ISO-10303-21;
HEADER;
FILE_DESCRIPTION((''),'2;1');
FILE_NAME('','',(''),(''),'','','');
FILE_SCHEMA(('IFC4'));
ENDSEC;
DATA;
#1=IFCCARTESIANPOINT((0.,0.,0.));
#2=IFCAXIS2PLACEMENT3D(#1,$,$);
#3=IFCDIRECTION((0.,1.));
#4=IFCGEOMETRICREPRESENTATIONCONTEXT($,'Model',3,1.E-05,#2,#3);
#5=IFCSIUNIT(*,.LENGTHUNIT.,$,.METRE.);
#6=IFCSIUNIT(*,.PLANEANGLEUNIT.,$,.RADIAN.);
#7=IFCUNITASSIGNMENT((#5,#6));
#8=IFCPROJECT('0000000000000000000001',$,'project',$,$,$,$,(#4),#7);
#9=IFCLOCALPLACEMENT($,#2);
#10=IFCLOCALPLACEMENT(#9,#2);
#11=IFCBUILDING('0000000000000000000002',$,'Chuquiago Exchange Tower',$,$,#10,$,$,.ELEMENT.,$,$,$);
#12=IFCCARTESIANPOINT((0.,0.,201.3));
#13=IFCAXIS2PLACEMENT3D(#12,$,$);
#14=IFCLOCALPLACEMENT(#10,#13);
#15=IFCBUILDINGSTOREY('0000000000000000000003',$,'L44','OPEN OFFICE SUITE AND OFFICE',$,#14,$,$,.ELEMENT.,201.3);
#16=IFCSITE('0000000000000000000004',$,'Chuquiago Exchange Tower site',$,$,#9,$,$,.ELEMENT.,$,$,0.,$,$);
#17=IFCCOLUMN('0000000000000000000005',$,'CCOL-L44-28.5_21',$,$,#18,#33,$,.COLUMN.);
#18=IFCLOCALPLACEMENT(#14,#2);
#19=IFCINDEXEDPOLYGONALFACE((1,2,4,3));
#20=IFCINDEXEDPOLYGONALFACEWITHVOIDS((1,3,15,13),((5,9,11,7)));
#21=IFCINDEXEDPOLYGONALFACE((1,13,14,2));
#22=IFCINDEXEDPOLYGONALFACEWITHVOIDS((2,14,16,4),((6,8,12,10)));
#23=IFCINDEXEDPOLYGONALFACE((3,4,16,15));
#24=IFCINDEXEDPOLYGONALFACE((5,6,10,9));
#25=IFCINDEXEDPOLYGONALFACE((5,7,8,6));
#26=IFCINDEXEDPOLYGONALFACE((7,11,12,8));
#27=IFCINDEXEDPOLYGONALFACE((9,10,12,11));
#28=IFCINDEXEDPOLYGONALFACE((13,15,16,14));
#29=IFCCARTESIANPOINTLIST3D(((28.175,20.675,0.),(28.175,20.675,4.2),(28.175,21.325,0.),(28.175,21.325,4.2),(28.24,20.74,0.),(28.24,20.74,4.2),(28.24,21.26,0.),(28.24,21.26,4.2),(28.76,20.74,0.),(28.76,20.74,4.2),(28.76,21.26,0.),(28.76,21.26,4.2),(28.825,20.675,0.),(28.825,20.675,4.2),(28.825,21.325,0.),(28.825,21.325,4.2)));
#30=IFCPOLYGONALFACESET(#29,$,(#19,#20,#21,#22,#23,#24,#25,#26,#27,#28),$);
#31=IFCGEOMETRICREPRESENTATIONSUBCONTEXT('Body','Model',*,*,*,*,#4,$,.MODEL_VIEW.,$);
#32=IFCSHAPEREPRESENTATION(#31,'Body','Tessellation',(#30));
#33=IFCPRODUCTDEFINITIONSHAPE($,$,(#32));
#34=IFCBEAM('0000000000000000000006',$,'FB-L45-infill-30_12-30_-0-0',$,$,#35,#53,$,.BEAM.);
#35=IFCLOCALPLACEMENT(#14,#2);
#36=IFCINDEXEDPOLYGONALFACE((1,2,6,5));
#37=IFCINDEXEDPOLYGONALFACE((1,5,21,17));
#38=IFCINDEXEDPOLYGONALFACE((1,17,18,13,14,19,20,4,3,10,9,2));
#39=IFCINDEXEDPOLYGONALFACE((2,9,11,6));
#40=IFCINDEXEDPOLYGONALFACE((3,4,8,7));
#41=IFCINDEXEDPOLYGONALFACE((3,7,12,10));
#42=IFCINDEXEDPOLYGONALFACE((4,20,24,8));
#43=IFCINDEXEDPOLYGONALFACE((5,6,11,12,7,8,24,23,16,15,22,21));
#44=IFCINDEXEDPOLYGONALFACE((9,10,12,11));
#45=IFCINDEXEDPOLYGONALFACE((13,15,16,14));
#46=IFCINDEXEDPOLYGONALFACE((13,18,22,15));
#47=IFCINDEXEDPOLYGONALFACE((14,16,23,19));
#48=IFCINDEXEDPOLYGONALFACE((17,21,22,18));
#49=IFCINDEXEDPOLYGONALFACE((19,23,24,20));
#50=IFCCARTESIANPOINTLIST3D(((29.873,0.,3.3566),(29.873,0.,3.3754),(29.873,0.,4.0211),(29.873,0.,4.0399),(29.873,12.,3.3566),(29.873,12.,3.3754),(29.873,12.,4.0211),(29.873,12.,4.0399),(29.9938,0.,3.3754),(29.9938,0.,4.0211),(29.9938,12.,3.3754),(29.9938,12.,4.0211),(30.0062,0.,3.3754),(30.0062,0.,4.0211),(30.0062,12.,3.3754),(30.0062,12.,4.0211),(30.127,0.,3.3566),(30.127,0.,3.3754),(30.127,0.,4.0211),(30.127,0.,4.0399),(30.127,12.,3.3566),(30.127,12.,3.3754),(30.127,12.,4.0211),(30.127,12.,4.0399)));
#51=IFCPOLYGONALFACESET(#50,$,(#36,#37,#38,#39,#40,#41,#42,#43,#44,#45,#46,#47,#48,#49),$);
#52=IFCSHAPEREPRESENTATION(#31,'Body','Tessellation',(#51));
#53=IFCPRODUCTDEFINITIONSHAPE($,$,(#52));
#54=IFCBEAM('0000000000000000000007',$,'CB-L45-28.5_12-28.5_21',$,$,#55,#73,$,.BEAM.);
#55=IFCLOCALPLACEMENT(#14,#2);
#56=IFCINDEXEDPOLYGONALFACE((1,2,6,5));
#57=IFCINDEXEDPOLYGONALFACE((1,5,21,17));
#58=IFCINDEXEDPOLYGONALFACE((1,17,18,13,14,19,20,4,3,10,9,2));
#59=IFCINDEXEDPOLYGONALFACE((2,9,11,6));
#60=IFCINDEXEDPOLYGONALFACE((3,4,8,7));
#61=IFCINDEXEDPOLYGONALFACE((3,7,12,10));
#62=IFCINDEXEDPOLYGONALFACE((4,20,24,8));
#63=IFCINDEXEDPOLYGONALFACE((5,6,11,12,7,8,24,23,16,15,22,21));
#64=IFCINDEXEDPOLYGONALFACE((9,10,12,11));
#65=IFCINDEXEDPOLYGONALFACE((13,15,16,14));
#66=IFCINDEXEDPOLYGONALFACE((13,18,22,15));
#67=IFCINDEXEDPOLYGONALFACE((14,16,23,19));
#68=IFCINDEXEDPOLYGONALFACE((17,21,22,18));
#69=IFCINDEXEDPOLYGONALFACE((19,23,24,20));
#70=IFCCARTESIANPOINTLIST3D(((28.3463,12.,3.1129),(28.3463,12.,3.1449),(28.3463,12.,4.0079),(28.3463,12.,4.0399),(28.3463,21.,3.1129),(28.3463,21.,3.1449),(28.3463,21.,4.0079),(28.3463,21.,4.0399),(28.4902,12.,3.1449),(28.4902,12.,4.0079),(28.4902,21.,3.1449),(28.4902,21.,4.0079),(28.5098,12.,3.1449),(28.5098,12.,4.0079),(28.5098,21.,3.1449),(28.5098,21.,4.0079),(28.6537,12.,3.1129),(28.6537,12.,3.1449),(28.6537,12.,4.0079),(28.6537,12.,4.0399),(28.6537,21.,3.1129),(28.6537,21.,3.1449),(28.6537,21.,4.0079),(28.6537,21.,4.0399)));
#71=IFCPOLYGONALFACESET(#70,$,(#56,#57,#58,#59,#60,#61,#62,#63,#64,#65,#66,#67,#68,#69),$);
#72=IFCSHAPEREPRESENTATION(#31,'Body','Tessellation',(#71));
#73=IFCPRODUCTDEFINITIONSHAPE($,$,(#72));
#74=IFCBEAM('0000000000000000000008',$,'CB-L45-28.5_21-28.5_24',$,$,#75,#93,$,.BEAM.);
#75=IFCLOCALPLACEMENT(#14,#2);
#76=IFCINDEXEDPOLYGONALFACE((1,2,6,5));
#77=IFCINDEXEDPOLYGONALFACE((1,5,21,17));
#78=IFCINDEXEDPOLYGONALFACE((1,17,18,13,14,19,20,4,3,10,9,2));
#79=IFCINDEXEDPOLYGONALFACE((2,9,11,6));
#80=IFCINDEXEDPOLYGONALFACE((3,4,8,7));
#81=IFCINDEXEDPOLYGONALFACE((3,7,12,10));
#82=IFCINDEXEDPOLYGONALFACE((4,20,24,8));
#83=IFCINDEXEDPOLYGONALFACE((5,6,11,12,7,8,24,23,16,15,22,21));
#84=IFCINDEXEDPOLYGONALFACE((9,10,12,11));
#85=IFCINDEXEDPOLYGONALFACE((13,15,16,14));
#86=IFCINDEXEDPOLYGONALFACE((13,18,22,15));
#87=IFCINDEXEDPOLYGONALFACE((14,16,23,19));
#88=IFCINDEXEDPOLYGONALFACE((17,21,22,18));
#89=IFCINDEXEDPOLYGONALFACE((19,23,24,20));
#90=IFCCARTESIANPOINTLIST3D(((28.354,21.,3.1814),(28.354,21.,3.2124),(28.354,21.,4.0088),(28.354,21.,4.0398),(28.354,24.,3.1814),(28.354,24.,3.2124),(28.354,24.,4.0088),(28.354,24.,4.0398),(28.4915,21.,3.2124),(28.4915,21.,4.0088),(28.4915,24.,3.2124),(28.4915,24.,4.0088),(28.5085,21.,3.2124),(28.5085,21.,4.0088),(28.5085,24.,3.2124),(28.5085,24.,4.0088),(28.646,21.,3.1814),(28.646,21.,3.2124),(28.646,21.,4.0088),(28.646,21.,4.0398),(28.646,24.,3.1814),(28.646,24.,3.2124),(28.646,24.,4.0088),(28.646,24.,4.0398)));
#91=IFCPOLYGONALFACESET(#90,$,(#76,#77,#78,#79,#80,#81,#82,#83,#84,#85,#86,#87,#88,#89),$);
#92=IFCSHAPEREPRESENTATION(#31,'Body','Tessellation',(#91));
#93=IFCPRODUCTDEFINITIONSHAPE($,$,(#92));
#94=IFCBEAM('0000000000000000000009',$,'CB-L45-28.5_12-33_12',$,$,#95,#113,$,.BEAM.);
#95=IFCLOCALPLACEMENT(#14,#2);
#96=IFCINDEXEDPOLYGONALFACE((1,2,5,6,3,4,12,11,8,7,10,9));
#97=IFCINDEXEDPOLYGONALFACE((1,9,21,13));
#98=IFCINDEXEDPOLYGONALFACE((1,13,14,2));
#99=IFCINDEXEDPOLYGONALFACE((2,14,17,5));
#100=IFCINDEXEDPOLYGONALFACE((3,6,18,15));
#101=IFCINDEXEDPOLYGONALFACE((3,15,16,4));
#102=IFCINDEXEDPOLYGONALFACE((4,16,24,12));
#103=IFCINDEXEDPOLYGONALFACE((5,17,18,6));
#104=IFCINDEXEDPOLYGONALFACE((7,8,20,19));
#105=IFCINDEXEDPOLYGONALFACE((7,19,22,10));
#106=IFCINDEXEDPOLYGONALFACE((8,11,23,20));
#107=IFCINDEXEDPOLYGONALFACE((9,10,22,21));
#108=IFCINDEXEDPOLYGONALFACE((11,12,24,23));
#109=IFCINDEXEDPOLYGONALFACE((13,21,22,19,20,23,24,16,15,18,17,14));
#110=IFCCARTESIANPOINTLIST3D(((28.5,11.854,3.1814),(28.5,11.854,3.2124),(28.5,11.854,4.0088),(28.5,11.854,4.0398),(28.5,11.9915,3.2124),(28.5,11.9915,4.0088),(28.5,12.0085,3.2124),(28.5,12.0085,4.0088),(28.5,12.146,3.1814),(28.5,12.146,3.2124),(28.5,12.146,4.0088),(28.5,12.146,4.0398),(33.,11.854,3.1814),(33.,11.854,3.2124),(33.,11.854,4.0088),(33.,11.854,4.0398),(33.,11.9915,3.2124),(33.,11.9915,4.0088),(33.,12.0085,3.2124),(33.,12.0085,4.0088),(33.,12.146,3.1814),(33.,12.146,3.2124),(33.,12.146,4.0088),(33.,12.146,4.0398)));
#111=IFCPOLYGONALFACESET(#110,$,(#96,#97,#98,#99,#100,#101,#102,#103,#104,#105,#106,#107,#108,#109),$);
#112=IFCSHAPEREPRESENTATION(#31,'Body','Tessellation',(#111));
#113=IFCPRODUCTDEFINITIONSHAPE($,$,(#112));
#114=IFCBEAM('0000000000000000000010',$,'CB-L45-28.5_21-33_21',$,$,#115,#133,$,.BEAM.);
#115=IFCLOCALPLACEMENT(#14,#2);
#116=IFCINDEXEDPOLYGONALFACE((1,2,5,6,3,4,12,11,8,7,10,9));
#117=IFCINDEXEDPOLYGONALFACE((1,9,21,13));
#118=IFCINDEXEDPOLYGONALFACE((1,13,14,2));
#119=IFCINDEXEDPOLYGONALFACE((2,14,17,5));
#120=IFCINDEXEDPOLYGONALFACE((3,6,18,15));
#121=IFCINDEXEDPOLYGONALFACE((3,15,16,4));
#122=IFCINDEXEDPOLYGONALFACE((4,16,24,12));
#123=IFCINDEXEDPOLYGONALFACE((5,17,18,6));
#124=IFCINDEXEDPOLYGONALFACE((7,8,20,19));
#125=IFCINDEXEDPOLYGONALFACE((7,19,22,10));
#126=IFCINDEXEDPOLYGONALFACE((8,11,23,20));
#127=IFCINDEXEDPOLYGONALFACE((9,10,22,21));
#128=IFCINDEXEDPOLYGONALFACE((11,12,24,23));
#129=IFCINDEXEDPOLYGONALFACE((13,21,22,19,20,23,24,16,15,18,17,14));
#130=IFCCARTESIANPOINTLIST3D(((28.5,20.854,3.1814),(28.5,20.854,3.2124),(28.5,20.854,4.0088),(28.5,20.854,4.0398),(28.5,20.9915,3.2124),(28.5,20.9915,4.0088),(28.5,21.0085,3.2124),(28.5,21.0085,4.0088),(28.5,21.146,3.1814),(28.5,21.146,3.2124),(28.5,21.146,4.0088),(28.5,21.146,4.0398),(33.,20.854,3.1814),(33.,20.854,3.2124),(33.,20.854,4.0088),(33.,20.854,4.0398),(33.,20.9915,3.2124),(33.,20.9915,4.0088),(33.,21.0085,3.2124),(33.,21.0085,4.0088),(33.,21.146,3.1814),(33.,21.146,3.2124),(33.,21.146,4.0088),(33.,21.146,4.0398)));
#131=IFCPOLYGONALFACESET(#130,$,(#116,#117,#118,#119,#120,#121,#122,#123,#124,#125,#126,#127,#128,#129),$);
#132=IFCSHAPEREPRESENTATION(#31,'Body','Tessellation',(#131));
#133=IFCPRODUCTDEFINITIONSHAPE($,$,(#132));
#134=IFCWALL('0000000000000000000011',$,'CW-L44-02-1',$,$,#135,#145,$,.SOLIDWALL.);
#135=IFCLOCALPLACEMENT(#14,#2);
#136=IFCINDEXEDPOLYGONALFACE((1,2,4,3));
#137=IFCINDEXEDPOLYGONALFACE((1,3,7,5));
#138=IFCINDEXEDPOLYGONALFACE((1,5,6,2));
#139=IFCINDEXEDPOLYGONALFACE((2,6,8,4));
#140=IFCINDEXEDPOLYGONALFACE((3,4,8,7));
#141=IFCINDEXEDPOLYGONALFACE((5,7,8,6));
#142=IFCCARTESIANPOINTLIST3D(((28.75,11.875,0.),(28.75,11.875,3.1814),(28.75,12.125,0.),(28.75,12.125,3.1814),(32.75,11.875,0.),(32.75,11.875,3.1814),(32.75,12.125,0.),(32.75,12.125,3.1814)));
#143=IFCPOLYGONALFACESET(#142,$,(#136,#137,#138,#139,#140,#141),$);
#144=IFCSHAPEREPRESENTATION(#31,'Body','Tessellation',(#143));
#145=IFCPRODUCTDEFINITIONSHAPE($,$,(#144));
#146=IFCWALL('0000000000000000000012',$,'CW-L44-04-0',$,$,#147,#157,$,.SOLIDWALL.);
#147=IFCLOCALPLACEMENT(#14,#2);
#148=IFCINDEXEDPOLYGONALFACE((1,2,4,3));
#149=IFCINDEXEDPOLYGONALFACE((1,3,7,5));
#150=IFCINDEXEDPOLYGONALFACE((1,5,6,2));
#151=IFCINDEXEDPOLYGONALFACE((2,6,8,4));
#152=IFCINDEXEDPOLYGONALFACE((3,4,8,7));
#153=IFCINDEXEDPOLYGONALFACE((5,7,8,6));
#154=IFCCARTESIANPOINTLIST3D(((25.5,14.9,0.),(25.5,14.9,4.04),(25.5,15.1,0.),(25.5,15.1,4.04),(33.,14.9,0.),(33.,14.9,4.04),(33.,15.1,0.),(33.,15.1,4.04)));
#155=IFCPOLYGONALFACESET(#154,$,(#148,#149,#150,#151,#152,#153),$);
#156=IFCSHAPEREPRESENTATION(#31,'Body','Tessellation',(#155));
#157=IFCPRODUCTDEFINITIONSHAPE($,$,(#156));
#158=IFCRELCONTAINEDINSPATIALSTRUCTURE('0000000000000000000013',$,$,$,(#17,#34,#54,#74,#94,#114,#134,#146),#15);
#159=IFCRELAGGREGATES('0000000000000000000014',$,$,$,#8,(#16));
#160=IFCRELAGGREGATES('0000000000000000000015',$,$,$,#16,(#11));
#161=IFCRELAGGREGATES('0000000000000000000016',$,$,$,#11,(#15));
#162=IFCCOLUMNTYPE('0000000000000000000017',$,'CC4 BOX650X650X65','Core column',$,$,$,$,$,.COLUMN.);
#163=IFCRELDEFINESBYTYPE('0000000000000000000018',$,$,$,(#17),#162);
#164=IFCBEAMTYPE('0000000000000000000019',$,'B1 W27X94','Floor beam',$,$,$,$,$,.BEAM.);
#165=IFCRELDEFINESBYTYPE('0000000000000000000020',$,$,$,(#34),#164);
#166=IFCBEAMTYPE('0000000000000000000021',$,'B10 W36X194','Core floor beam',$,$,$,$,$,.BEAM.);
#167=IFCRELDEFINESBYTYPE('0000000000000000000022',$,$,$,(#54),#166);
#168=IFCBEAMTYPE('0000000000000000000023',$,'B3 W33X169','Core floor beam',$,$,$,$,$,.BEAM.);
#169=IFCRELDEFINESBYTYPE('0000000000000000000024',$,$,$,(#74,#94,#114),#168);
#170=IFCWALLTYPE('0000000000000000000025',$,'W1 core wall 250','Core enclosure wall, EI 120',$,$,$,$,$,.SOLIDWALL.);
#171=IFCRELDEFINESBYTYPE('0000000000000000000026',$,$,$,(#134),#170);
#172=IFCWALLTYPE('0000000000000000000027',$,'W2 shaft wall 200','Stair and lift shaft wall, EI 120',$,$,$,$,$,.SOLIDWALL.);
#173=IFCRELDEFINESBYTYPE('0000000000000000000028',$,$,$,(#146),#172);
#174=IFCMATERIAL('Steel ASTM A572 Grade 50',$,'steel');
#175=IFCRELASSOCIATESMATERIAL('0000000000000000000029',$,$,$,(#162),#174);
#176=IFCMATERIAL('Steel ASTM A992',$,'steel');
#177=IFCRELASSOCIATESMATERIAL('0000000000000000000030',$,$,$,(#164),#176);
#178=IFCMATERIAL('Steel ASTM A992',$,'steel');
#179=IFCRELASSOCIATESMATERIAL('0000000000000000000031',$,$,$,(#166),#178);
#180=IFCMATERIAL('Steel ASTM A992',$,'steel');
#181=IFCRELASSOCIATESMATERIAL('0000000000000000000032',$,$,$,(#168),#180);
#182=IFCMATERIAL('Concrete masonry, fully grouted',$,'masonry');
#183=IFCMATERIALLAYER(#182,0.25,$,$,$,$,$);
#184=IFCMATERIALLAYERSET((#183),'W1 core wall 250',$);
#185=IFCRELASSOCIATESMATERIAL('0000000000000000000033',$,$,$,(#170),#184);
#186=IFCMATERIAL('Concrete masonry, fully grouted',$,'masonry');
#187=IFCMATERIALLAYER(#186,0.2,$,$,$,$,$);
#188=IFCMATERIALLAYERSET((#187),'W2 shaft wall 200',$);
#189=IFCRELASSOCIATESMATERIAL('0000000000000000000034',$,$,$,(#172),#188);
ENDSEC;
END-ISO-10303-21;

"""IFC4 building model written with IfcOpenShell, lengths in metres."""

from ifc_helpers import new_model, si_unit, direction, frame, frame_2d, origin, origin_2d, place, context, subcontext, project, spatial, rectangle, hollow_rectangle, i_section, extrude, material, layer, layer_set, material_profile, profile_set, type_object, element, save


model = new_model("IFC4")

# Units and contexts
model_context = context("Model", 3, precision=1e-05, world=origin(), true_north=direction((0.0, 1.0)))
body_context = subcontext(model_context, "Body", "Model", "MODEL_VIEW")
ifc_project = project(units=[si_unit("LENGTHUNIT", "METRE"), si_unit("PLANEANGLEUNIT", "RADIAN")], contexts=[model_context])

# Site, building, storey
site_placement = place(None, origin())
site = spatial("IfcSite", under=ifc_project, at=site_placement, Name="Chuquiago Exchange Tower site", CompositionType="ELEMENT", RefElevation=0.0)
building_placement = place(site_placement, origin())
building = spatial("IfcBuilding", under=site, at=building_placement, Name="Chuquiago Exchange Tower", CompositionType="ELEMENT")
storey_placement = place(building_placement, frame((0.0, 0.0, 201.3)))
storey = spatial("IfcBuildingStorey", under=building, at=storey_placement, Name="L44", Description="OPEN OFFICE SUITE AND OFFICE", CompositionType="ELEMENT", Elevation=201.3)

# Column
ifc_material_1 = material(Name="Steel ASTM A572 Grade 50", Category="steel")
ifc_material_profile_1 = material_profile(ifc_material_1, hollow_rectangle(XDim=0.6499, YDim=0.6499, WallThickness=0.0649, at=origin_2d()), Name="BOX650X650X65")
ifc_profile_set_1 = profile_set([ifc_material_profile_1], Name="Steel ASTM A572 Grade 50")
column_type = type_object("IfcColumnType", Name="CC4 BOX650X650X65", Description="Core column", PredefinedType="COLUMN", material=ifc_profile_set_1)
column_placement = place(storey_placement, frame((28.5, 21.0, 0.0), z_axis=(0.0, 0.0, 1.0), x_axis=(1.0, 0.0, 0.0)))
element("IfcColumn", 1, at=column_placement, inside=storey, type_object=column_type, Name="CCOL-L44-28.5_21", PredefinedType="COLUMN", context=body_context, shape_type="SweptSolid", body=[
    extrude(hollow_rectangle(XDim=0.6499, YDim=0.6499, WallThickness=0.0649, at=origin_2d()), origin(), (0.0, 0.0, 1.0), 4.2),
])

# Beams
ifc_material_2 = material(Name="Steel ASTM A992", Category="steel")
ifc_material_profile_2 = material_profile(ifc_material_2, i_section(OverallWidth=0.2539, OverallDepth=0.6833, WebThickness=0.0125, FlangeThickness=0.0188, at=origin_2d()), Name="W27X94")
ifc_profile_set_2 = profile_set([ifc_material_profile_2], Name="Steel ASTM A992")
beam_type_1 = type_object("IfcBeamType", Name="B1 W27X94", Description="Floor beam", PredefinedType="BEAM", material=ifc_profile_set_2)
beam_1_placement = place(storey_placement, frame((30.0, 12.0, 3.6982), z_axis=(0.0, -1.0, 0.0), x_axis=(1.0, 0.0, 0.0)))
element("IfcBeam", 2, at=beam_1_placement, inside=storey, type_object=beam_type_1, Name="FB-L45-infill-30_12-30_-0-0", PredefinedType="BEAM", context=body_context, shape_type="SweptSolid", body=[
    extrude(i_section(OverallWidth=0.2539, OverallDepth=0.6833, WebThickness=0.0125, FlangeThickness=0.0188, at=origin_2d()), origin(), (0.0, 0.0, 1.0), 12.0),
])
ifc_material_3 = material(Name="Steel ASTM A992", Category="steel")
ifc_material_profile_3 = material_profile(ifc_material_3, i_section(OverallWidth=0.3074, OverallDepth=0.927, WebThickness=0.0195, FlangeThickness=0.032, at=origin_2d()), Name="W36X194")
ifc_profile_set_3 = profile_set([ifc_material_profile_3], Name="Steel ASTM A992")
beam_type_2 = type_object("IfcBeamType", Name="B10 W36X194", Description="Core floor beam", PredefinedType="BEAM", material=ifc_profile_set_3)
beam_2_placement = place(storey_placement, frame((28.5, 12.0, 3.5764), z_axis=(0.0, 1.0, 0.0), x_axis=(-1.0, 0.0, 0.0)))
element("IfcBeam", 3, at=beam_2_placement, inside=storey, type_object=beam_type_2, Name="CB-L45-28.5_12-28.5_21", PredefinedType="BEAM", context=body_context, shape_type="SweptSolid", body=[
    extrude(i_section(OverallWidth=0.3074, OverallDepth=0.927, WebThickness=0.0195, FlangeThickness=0.032, at=origin_2d()), origin(), (0.0, 0.0, 1.0), 9.0),
])
ifc_material_4 = material(Name="Steel ASTM A992", Category="steel")
ifc_material_profile_4 = material_profile(ifc_material_4, i_section(OverallWidth=0.292, OverallDepth=0.8584, WebThickness=0.0171, FlangeThickness=0.031, at=origin_2d()), Name="W33X169")
ifc_profile_set_4 = profile_set([ifc_material_profile_4], Name="Steel ASTM A992")
beam_type_3 = type_object("IfcBeamType", Name="B3 W33X169", Description="Core floor beam", PredefinedType="BEAM", material=ifc_profile_set_4)
beam_3_placement = place(storey_placement, frame((28.5, 21.0, 3.6106), z_axis=(0.0, 1.0, 0.0), x_axis=(-1.0, 0.0, 0.0)))
element("IfcBeam", 4, at=beam_3_placement, inside=storey, type_object=beam_type_3, Name="CB-L45-28.5_21-28.5_24", PredefinedType="BEAM", context=body_context, shape_type="SweptSolid", body=[
    extrude(i_section(OverallWidth=0.292, OverallDepth=0.8584, WebThickness=0.0171, FlangeThickness=0.031, at=origin_2d()), origin(), (0.0, 0.0, 1.0), 3.0),
])
for number, where, z_axis, x_axis, name in (
    (5, (28.5, 12.0, 3.6106), (1.0, 0.0, 0.0), (0.0, 1.0, 0.0), "CB-L45-28.5_12-33_12"),
    (6, (28.5, 21.0, 3.6106), (1.0, 0.0, 0.0), (0.0, 1.0, 0.0), "CB-L45-28.5_21-33_21"),
):
    element("IfcBeam", number, at=place(storey_placement, frame(where, z_axis=z_axis, x_axis=x_axis)), inside=storey, type_object=beam_type_3, Name=name, PredefinedType="BEAM", context=body_context, shape_type="SweptSolid", body=[
        extrude(i_section(OverallWidth=0.292, OverallDepth=0.8584, WebThickness=0.0171, FlangeThickness=0.031, at=origin_2d()), origin(), (0.0, 0.0, 1.0), 4.5),
    ])

# Walls
ifc_material_5 = material(Name="Concrete masonry, fully grouted", Category="masonry")
ifc_layer_1 = layer(ifc_material_5, 0.25)
ifc_layer_set_1 = layer_set([ifc_layer_1], Name="W1 core wall 250")
wall_type_1 = type_object("IfcWallType", Name="W1 core wall 250", Description="Core enclosure wall, EI 120", PredefinedType="SOLIDWALL", material=ifc_layer_set_1)
wall_1_placement = place(storey_placement, frame((28.75, 12.0, 0.0), z_axis=(0.0, 0.0, 1.0), x_axis=(1.0, 0.0, 0.0)))
element("IfcWall", 7, at=wall_1_placement, inside=storey, type_object=wall_type_1, Name="CW-L44-02-1", PredefinedType="SOLIDWALL", context=body_context, shape_type="SweptSolid", body=[
    extrude(rectangle(XDim=4.0, YDim=0.25, at=frame_2d((2.0, 0.0))), origin(), (0.0, 0.0, 1.0), 3.1814),
])
ifc_material_6 = material(Name="Concrete masonry, fully grouted", Category="masonry")
ifc_layer_2 = layer(ifc_material_6, 0.2)
ifc_layer_set_2 = layer_set([ifc_layer_2], Name="W2 shaft wall 200")
wall_type_2 = type_object("IfcWallType", Name="W2 shaft wall 200", Description="Stair and lift shaft wall, EI 120", PredefinedType="SOLIDWALL", material=ifc_layer_set_2)
wall_2_placement = place(storey_placement, frame((25.5, 15.0, 0.0), z_axis=(0.0, 0.0, 1.0), x_axis=(1.0, 0.0, 0.0)))
element("IfcWall", 8, at=wall_2_placement, inside=storey, type_object=wall_type_2, Name="CW-L44-04-0", PredefinedType="SOLIDWALL", context=body_context, shape_type="SweptSolid", body=[
    extrude(rectangle(XDim=7.5, YDim=0.2, at=frame_2d((3.75, 0.0))), origin(), (0.0, 0.0, 1.0), 4.04),
])

save(model, "model.ifc")
